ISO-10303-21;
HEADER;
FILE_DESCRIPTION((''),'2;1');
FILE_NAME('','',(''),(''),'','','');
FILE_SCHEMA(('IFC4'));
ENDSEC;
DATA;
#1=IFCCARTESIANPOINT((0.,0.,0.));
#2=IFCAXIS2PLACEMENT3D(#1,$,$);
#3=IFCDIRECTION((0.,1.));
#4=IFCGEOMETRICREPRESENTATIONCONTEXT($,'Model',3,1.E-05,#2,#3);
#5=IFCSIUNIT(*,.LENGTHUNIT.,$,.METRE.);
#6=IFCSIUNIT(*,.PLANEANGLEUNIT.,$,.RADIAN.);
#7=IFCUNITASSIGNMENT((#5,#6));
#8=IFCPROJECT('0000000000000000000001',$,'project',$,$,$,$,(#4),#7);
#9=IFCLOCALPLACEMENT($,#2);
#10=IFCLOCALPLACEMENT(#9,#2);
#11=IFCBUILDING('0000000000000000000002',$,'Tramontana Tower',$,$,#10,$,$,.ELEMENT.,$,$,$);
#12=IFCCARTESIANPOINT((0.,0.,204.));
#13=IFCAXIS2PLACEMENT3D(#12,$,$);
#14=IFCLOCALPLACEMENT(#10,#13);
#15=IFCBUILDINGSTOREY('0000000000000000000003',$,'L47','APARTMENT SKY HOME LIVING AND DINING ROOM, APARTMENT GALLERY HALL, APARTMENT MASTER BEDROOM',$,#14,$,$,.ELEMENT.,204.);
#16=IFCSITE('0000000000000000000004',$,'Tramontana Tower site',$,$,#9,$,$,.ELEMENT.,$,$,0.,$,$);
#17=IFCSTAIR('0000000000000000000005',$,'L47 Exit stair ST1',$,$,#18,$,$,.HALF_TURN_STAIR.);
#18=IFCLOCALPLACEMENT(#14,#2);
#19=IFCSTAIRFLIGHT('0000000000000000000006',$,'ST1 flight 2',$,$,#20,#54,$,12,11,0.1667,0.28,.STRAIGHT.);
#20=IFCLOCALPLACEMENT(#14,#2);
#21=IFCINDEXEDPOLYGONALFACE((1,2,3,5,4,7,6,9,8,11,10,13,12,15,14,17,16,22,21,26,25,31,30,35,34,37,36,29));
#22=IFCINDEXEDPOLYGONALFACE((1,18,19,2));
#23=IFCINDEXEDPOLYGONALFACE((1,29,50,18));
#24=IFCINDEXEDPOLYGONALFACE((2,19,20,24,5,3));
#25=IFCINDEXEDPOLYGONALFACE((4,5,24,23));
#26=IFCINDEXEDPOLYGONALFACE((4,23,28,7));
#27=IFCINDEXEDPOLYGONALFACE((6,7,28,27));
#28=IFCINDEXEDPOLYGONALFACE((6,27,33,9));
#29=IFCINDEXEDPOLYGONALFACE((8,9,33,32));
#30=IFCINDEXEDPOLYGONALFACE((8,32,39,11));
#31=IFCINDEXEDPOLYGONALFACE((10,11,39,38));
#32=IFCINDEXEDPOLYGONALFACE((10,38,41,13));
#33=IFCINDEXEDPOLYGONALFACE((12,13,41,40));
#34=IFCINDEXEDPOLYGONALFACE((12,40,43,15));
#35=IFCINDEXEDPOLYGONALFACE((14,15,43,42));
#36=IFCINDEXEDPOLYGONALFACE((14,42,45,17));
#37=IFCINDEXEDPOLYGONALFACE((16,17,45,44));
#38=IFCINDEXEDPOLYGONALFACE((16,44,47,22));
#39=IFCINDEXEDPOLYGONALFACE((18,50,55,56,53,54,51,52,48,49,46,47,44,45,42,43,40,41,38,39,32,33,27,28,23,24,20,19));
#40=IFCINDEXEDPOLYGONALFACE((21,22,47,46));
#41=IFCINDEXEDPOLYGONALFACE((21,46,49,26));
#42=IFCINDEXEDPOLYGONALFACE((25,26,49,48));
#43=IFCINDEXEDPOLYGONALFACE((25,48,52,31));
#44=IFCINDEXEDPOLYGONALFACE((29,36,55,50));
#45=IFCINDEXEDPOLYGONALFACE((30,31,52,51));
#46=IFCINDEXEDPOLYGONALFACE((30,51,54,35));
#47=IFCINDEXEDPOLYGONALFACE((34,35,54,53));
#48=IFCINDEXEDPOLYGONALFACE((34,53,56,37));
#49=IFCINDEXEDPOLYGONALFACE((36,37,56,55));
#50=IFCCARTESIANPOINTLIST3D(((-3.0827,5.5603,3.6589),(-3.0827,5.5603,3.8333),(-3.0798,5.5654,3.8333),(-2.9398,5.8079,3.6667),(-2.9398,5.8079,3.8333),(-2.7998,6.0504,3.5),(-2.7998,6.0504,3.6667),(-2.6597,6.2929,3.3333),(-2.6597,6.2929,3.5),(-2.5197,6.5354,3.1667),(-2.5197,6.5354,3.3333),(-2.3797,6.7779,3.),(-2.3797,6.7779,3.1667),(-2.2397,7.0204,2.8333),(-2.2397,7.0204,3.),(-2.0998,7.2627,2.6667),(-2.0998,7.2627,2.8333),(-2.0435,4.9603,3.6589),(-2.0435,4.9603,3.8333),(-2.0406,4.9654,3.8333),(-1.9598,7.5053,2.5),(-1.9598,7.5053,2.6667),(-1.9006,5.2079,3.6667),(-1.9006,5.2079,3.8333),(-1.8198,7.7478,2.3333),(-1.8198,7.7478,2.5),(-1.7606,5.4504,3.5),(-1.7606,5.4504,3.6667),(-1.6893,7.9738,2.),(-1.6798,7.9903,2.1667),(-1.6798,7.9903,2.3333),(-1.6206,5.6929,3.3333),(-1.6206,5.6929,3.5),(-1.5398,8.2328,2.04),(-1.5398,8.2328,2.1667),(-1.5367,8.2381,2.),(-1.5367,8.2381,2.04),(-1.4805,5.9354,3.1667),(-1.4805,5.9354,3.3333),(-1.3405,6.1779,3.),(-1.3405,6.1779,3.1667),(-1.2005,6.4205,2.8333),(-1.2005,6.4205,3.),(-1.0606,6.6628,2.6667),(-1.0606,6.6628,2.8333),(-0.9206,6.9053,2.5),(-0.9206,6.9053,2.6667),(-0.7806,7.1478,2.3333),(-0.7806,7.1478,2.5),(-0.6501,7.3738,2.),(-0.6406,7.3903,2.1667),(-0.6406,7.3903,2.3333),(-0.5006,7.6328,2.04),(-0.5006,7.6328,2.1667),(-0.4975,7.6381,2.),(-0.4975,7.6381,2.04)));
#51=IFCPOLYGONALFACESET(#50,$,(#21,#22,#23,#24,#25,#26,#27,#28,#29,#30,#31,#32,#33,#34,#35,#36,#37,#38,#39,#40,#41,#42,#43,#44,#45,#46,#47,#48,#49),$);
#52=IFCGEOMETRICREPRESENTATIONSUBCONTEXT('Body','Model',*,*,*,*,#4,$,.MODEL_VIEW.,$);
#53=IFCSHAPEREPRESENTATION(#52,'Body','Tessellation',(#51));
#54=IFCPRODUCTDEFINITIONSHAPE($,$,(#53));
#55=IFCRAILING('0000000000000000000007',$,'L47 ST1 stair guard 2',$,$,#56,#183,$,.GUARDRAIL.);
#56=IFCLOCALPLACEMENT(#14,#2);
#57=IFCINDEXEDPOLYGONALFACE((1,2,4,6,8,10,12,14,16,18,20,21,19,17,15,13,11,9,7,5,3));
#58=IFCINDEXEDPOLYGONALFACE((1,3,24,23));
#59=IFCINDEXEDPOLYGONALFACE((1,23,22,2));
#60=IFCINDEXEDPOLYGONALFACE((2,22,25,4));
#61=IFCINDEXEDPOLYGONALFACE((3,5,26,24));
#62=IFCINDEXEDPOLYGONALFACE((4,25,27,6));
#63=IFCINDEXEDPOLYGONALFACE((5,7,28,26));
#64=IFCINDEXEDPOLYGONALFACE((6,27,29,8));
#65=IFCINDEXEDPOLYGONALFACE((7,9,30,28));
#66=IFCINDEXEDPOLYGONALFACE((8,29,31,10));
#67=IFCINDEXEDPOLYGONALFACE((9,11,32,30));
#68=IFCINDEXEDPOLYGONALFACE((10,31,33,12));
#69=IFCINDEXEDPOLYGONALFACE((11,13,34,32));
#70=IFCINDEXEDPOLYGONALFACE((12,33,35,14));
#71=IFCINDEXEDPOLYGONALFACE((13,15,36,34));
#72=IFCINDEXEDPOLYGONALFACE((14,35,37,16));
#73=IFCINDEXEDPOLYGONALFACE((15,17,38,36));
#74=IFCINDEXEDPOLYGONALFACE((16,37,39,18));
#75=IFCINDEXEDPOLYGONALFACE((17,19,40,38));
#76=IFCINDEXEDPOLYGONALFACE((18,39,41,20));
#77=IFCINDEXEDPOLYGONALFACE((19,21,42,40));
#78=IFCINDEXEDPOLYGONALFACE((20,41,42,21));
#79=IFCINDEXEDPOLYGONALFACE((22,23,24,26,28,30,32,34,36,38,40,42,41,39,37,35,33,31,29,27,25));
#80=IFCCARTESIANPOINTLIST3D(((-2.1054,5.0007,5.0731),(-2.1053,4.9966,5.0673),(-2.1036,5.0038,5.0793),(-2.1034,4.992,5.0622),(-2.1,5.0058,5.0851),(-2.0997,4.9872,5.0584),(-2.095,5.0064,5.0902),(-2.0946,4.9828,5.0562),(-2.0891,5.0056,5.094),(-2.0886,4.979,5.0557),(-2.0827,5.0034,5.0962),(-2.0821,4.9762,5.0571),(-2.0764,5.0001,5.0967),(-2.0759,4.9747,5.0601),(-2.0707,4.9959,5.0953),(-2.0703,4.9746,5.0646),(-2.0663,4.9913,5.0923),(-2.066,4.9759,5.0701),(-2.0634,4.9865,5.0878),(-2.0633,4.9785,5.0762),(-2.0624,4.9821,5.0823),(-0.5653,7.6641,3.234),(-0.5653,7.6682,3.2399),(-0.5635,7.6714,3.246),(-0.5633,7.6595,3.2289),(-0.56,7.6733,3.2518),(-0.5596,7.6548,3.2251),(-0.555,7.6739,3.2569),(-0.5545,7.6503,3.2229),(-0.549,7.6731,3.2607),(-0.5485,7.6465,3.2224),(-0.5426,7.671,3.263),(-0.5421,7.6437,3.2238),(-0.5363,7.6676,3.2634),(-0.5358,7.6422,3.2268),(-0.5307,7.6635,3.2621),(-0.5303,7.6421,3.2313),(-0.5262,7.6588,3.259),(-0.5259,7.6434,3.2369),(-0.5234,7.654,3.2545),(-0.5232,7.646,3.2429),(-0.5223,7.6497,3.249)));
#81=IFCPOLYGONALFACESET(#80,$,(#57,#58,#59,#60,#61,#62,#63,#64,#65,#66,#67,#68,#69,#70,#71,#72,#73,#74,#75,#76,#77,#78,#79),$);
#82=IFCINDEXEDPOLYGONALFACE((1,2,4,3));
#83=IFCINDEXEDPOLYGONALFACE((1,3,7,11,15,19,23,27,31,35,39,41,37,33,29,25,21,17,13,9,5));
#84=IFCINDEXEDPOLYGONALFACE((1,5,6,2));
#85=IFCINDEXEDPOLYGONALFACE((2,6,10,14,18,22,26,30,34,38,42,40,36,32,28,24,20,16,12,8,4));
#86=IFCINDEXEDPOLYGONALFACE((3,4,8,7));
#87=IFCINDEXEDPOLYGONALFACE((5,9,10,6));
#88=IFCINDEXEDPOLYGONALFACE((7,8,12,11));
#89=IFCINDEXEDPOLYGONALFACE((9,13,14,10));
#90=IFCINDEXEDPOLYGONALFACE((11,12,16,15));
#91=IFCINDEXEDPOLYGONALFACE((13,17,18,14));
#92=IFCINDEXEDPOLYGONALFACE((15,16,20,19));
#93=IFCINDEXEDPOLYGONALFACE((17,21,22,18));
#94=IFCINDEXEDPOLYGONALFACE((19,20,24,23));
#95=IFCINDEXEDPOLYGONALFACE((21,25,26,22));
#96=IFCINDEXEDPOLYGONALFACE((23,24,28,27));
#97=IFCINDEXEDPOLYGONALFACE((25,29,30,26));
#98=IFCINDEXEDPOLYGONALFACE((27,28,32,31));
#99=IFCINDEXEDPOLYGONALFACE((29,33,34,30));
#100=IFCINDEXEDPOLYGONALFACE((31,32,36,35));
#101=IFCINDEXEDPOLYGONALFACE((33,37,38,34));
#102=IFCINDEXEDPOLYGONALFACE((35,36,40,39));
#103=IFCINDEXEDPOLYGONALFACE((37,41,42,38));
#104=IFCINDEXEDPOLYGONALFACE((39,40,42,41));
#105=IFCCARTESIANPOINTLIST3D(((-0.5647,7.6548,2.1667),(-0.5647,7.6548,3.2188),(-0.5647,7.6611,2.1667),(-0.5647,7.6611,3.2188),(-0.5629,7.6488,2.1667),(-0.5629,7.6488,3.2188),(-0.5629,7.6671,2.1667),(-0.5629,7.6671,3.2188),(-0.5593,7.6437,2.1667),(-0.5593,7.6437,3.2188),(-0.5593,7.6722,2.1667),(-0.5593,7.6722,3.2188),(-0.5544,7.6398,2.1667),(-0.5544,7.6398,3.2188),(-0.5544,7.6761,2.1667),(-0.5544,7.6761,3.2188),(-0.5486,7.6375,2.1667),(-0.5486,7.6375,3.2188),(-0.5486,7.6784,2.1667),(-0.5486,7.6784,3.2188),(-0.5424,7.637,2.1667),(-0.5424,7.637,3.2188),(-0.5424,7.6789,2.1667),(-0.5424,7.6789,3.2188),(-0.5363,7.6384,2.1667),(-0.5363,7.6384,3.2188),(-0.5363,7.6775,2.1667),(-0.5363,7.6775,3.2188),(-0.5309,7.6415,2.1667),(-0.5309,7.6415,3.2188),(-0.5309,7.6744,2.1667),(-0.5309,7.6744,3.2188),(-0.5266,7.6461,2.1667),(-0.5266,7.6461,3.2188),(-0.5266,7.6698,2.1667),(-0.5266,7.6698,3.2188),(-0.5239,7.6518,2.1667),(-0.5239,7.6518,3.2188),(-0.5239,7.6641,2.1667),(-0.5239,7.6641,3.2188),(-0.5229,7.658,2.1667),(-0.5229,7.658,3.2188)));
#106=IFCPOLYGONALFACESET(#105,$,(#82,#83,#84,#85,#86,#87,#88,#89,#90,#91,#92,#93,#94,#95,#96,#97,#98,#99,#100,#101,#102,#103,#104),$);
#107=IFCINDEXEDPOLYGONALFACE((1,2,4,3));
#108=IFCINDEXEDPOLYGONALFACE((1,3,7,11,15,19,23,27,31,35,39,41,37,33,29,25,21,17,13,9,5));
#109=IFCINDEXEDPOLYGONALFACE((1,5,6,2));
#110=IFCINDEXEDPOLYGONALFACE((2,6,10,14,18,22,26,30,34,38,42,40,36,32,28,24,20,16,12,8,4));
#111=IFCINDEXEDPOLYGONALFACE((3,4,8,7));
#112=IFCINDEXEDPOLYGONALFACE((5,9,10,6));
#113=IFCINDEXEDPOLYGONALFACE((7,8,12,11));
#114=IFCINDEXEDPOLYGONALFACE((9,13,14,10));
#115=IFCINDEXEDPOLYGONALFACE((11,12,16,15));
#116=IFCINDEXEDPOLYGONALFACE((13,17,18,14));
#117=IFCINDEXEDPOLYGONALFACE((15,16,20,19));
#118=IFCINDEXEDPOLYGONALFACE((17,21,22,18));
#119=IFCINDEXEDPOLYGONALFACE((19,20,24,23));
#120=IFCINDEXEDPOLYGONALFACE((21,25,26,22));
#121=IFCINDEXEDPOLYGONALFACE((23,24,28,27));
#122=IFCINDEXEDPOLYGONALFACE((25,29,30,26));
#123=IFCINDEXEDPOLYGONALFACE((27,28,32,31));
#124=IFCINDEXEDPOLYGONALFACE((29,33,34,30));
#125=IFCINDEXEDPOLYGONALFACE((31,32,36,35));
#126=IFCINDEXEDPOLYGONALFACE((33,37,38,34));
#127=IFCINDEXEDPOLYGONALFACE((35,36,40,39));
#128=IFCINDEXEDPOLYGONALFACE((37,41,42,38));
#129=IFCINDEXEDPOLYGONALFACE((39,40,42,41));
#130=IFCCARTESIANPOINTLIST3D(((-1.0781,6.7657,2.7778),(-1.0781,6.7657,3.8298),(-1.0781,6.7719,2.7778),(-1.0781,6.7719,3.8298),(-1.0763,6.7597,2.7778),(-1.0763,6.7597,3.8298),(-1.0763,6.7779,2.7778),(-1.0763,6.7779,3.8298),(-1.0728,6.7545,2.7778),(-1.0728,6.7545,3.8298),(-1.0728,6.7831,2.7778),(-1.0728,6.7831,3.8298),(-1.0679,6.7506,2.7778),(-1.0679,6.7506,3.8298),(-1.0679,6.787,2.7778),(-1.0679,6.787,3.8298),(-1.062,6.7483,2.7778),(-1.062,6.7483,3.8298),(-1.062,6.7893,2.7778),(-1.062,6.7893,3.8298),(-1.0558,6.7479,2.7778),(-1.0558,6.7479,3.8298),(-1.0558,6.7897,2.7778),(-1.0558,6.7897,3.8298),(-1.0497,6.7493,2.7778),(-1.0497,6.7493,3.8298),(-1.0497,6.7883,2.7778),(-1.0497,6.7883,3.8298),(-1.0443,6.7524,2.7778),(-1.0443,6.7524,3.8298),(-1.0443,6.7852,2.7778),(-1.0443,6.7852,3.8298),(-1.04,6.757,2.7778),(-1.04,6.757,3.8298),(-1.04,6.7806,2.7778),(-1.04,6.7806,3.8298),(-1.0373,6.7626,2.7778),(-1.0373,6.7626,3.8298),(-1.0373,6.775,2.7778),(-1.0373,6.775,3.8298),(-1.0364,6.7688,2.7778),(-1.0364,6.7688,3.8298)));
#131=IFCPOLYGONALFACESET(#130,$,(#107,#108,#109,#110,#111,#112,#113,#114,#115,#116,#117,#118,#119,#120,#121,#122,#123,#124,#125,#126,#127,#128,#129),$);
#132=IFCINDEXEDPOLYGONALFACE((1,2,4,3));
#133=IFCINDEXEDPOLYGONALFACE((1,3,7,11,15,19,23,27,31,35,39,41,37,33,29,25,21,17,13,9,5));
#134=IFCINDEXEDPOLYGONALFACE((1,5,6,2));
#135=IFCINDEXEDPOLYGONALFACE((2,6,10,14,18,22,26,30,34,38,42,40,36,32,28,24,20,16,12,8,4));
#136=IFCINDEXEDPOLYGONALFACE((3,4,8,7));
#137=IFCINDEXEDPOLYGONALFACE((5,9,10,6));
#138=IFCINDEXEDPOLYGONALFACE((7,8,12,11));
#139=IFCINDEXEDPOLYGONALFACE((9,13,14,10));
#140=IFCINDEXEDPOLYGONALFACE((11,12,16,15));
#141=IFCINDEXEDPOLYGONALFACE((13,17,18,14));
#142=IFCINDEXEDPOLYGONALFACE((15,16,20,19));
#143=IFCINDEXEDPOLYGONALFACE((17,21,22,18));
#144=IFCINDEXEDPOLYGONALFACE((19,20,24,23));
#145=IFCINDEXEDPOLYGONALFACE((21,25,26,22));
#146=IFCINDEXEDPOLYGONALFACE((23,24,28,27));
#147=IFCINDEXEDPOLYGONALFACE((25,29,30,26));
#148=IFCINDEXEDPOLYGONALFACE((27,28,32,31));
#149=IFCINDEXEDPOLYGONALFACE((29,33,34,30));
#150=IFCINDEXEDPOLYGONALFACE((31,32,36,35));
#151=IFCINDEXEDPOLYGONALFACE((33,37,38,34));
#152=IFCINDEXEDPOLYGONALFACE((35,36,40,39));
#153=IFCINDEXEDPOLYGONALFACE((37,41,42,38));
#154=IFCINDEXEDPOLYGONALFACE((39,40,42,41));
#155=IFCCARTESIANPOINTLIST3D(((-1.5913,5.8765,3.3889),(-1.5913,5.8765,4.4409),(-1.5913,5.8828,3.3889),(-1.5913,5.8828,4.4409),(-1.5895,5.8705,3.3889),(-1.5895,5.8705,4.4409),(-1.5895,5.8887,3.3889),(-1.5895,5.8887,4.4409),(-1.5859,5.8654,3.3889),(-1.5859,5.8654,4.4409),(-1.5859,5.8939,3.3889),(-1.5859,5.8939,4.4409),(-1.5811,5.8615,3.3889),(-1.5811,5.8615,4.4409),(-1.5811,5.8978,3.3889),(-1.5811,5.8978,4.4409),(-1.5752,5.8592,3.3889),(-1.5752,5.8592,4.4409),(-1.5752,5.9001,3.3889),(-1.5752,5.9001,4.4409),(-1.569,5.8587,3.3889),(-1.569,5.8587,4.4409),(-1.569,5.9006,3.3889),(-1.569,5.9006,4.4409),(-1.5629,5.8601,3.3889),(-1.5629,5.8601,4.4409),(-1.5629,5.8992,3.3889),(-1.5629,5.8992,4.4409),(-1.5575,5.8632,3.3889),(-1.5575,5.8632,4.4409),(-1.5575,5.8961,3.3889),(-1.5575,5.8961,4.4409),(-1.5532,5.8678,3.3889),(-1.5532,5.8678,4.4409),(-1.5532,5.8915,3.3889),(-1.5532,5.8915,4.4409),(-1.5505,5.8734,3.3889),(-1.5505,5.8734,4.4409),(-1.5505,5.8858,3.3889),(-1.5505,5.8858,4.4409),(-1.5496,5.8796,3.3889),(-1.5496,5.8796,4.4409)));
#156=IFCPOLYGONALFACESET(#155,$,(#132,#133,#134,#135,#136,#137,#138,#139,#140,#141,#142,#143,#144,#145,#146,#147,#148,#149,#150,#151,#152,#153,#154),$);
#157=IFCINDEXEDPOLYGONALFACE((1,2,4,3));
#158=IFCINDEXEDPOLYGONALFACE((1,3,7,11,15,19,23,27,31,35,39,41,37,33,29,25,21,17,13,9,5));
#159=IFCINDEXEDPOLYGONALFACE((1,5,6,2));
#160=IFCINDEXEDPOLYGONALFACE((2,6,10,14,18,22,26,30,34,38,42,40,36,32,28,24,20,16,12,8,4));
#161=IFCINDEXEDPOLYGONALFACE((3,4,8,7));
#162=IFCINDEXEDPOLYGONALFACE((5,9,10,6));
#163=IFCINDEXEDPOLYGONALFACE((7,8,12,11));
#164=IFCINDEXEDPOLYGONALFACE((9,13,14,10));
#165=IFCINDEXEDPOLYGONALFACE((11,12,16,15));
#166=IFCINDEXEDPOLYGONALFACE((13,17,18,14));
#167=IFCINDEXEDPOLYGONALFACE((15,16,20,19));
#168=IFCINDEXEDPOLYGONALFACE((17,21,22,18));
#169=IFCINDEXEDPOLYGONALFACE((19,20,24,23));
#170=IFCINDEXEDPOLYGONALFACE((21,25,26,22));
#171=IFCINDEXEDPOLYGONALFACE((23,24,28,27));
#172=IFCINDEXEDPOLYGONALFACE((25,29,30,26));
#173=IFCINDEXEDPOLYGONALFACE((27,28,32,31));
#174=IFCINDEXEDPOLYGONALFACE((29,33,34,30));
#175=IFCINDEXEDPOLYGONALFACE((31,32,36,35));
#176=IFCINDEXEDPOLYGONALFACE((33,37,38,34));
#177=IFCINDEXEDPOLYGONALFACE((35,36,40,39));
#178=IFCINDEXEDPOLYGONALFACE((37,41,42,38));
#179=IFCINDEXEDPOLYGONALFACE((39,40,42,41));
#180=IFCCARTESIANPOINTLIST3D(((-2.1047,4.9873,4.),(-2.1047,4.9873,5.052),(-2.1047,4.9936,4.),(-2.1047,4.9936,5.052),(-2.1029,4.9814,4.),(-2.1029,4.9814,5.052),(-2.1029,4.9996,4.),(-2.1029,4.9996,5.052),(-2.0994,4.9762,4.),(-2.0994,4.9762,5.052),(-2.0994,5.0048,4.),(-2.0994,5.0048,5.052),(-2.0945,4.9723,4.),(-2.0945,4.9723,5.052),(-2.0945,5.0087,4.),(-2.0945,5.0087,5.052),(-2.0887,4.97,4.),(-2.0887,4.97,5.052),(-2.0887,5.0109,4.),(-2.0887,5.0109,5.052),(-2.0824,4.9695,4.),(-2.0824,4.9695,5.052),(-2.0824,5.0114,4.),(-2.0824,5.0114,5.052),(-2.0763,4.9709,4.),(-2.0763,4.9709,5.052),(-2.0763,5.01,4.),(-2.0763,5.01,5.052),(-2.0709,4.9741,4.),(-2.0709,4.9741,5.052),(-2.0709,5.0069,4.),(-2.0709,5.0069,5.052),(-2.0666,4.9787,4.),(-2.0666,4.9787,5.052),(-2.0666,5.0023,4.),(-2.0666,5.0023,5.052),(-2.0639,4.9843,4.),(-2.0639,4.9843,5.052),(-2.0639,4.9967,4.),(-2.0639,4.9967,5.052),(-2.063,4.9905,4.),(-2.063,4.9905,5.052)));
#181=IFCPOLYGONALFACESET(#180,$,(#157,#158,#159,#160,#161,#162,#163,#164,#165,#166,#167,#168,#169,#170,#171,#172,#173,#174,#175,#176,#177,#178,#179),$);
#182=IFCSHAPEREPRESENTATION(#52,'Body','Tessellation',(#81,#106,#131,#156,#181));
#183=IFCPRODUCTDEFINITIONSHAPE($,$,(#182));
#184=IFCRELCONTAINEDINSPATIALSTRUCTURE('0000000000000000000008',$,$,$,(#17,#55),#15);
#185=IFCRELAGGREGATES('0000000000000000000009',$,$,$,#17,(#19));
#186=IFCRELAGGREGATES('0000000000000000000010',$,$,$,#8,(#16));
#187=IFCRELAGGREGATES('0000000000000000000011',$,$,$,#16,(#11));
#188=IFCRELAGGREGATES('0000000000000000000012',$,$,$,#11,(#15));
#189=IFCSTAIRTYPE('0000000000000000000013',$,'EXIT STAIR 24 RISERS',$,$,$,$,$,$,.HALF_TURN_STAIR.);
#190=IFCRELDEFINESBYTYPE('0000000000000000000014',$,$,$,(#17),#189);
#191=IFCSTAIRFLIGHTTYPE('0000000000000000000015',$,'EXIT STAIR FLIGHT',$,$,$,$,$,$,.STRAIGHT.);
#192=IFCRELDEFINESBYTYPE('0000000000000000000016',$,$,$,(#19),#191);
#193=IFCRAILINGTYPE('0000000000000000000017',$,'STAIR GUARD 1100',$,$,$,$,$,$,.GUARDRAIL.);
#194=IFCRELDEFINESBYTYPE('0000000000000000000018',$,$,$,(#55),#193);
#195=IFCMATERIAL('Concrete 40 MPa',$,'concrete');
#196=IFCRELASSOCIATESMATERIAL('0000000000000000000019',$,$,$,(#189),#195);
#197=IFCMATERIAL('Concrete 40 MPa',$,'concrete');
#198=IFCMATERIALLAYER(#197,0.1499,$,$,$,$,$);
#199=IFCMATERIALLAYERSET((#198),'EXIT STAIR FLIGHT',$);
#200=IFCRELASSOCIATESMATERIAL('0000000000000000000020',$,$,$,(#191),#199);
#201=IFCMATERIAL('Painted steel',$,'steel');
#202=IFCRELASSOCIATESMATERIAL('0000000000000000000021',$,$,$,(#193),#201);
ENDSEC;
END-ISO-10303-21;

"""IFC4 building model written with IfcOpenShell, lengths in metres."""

from ifc_helpers import new_model, si_unit, direction, frame, origin, origin_2d, place, context, subcontext, project, spatial, polyline, circle, outline, extrude, material, layer, layer_set, type_object, element, aggregate, save


model = new_model("IFC4")

# Units and contexts
model_context = context("Model", 3, precision=1e-05, world=origin(), true_north=direction((0.0, 1.0)))
body_context = subcontext(model_context, "Body", "Model", "MODEL_VIEW")
ifc_project = project(units=[si_unit("LENGTHUNIT", "METRE"), si_unit("PLANEANGLEUNIT", "RADIAN")], contexts=[model_context])

# Site, building, storey
site_placement = place(None, origin())
site = spatial("IfcSite", under=ifc_project, at=site_placement, Name="Tramontana Tower site", CompositionType="ELEMENT", RefElevation=0.0)
building_placement = place(site_placement, origin())
building = spatial("IfcBuilding", under=site, at=building_placement, Name="Tramontana Tower", CompositionType="ELEMENT")
storey_placement = place(building_placement, frame((0.0, 0.0, 204.0)))
storey = spatial("IfcBuildingStorey", under=building, at=storey_placement, Name="L47", Description="APARTMENT SKY HOME LIVING AND DINING ROOM, APARTMENT GALLERY HALL, APARTMENT MASTER BEDROOM", CompositionType="ELEMENT", Elevation=204.0)

# Stair, stair flight
ifc_material_1 = material(Name="Concrete 40 MPa", Category="concrete")
stair_type = type_object("IfcStairType", Name="EXIT STAIR 24 RISERS", PredefinedType="HALF_TURN_STAIR", material=ifc_material_1)
stair_placement = place(storey_placement, origin())
stair = element("IfcStair", 1, at=stair_placement, inside=storey, type_object=stair_type, Name="L47 Exit stair ST1", PredefinedType="HALF_TURN_STAIR")
ifc_material_2 = material(Name="Concrete 40 MPa", Category="concrete")
ifc_layer_1 = layer(ifc_material_2, 0.1499)
ifc_layer_set_1 = layer_set([ifc_layer_1], Name="EXIT STAIR FLIGHT")
stair_flight_type = type_object("IfcStairFlightType", Name="EXIT STAIR FLIGHT", PredefinedType="STRAIGHT", material=ifc_layer_set_1)
stair_flight_placement = place(storey_placement, frame((-1.0203, 7.9329, 2.0), z_axis=(0.0, 0.0, 1.0), x_axis=(-0.5, -0.866025, 0.0)))
stair_flight = element("IfcStairFlight", 2, at=stair_flight_placement, type_object=stair_flight_type, Name="ST1 flight 2", NumberOfRisers=12, NumberOfTreads=11, PredefinedType="STRAIGHT", RiserHeight=0.1667, TreadLength=0.28, context=body_context, shape_type="SweptSolid", body=[
    extrude(outline(polyline([(-0.0061, 0.0), (-0.0061, 0.04), (0.0, 0.04), (0.0, 0.1667), (0.28, 0.1667), (0.28, 0.3333), (0.5601, 0.3333), (0.5601, 0.5), (0.8401, 0.5), (0.8401, 0.6667), (1.1201, 0.6667), (1.1201, 0.8333), (1.3999, 0.8333), (1.3999, 1.0), (1.6799, 1.0), (1.6799, 1.1667), (1.96, 1.1667), (1.96, 1.3333), (2.24, 1.3333), (2.24, 1.5), (2.52, 1.5), (2.52, 1.6667), (2.8, 1.6667), (2.8, 1.8333), (3.0801, 1.8333), (3.0859, 1.8333), (3.0859, 1.6589), (0.2991, 0.0), (-0.0061, 0.0)])), frame((0.0, 0.6001, 0.0), z_axis=(0.0, -1.0, 0.0), x_axis=(1.0, 0.0, 0.0)), (0.0, 0.0, 1.0), 1.2),
])
aggregate(stair, [stair_flight])

# Railing
ifc_material_3 = material(Name="Painted steel", Category="steel")
railing_type_1 = type_object("IfcRailingType", Name="STAIR GUARD 1100", PredefinedType="GUARDRAIL", material=ifc_material_3)
railing_1_placement = place(storey_placement, frame((-0.5439, 7.658, 2.1667)))
element("IfcRailing", 3, at=railing_1_placement, inside=storey, type_object=railing_type_1, Name="L47 ST1 stair guard 2", PredefinedType="GUARDRAIL", context=body_context, shape_type="SweptSolid", body=[
    extrude(circle(Radius=0.0239, at=origin_2d()), frame((0.0, 0.0, 1.0762), z_axis=(-0.429649, -0.74419, 0.511452), x_axis=(0.86603, -0.499992, 0.0)), (0.0, 0.0, 1.0), 3.5845),
    extrude(circle(Radius=0.021, at=origin_2d()), origin(), (0.0, 0.0, 1.0), 1.052),
    extrude(circle(Radius=0.021, at=origin_2d()), frame((-0.5134, -0.8892, 0.6111)), (0.0, 0.0, 1.0), 1.052),
    extrude(circle(Radius=0.021, at=origin_2d()), frame((-1.0266, -1.7783, 1.2222)), (0.0, 0.0, 1.0), 1.052),
    extrude(circle(Radius=0.021, at=origin_2d()), frame((-1.54, -2.6675, 1.8333)), (0.0, 0.0, 1.0), 1.052),
])

save(model, "model.ifc")
